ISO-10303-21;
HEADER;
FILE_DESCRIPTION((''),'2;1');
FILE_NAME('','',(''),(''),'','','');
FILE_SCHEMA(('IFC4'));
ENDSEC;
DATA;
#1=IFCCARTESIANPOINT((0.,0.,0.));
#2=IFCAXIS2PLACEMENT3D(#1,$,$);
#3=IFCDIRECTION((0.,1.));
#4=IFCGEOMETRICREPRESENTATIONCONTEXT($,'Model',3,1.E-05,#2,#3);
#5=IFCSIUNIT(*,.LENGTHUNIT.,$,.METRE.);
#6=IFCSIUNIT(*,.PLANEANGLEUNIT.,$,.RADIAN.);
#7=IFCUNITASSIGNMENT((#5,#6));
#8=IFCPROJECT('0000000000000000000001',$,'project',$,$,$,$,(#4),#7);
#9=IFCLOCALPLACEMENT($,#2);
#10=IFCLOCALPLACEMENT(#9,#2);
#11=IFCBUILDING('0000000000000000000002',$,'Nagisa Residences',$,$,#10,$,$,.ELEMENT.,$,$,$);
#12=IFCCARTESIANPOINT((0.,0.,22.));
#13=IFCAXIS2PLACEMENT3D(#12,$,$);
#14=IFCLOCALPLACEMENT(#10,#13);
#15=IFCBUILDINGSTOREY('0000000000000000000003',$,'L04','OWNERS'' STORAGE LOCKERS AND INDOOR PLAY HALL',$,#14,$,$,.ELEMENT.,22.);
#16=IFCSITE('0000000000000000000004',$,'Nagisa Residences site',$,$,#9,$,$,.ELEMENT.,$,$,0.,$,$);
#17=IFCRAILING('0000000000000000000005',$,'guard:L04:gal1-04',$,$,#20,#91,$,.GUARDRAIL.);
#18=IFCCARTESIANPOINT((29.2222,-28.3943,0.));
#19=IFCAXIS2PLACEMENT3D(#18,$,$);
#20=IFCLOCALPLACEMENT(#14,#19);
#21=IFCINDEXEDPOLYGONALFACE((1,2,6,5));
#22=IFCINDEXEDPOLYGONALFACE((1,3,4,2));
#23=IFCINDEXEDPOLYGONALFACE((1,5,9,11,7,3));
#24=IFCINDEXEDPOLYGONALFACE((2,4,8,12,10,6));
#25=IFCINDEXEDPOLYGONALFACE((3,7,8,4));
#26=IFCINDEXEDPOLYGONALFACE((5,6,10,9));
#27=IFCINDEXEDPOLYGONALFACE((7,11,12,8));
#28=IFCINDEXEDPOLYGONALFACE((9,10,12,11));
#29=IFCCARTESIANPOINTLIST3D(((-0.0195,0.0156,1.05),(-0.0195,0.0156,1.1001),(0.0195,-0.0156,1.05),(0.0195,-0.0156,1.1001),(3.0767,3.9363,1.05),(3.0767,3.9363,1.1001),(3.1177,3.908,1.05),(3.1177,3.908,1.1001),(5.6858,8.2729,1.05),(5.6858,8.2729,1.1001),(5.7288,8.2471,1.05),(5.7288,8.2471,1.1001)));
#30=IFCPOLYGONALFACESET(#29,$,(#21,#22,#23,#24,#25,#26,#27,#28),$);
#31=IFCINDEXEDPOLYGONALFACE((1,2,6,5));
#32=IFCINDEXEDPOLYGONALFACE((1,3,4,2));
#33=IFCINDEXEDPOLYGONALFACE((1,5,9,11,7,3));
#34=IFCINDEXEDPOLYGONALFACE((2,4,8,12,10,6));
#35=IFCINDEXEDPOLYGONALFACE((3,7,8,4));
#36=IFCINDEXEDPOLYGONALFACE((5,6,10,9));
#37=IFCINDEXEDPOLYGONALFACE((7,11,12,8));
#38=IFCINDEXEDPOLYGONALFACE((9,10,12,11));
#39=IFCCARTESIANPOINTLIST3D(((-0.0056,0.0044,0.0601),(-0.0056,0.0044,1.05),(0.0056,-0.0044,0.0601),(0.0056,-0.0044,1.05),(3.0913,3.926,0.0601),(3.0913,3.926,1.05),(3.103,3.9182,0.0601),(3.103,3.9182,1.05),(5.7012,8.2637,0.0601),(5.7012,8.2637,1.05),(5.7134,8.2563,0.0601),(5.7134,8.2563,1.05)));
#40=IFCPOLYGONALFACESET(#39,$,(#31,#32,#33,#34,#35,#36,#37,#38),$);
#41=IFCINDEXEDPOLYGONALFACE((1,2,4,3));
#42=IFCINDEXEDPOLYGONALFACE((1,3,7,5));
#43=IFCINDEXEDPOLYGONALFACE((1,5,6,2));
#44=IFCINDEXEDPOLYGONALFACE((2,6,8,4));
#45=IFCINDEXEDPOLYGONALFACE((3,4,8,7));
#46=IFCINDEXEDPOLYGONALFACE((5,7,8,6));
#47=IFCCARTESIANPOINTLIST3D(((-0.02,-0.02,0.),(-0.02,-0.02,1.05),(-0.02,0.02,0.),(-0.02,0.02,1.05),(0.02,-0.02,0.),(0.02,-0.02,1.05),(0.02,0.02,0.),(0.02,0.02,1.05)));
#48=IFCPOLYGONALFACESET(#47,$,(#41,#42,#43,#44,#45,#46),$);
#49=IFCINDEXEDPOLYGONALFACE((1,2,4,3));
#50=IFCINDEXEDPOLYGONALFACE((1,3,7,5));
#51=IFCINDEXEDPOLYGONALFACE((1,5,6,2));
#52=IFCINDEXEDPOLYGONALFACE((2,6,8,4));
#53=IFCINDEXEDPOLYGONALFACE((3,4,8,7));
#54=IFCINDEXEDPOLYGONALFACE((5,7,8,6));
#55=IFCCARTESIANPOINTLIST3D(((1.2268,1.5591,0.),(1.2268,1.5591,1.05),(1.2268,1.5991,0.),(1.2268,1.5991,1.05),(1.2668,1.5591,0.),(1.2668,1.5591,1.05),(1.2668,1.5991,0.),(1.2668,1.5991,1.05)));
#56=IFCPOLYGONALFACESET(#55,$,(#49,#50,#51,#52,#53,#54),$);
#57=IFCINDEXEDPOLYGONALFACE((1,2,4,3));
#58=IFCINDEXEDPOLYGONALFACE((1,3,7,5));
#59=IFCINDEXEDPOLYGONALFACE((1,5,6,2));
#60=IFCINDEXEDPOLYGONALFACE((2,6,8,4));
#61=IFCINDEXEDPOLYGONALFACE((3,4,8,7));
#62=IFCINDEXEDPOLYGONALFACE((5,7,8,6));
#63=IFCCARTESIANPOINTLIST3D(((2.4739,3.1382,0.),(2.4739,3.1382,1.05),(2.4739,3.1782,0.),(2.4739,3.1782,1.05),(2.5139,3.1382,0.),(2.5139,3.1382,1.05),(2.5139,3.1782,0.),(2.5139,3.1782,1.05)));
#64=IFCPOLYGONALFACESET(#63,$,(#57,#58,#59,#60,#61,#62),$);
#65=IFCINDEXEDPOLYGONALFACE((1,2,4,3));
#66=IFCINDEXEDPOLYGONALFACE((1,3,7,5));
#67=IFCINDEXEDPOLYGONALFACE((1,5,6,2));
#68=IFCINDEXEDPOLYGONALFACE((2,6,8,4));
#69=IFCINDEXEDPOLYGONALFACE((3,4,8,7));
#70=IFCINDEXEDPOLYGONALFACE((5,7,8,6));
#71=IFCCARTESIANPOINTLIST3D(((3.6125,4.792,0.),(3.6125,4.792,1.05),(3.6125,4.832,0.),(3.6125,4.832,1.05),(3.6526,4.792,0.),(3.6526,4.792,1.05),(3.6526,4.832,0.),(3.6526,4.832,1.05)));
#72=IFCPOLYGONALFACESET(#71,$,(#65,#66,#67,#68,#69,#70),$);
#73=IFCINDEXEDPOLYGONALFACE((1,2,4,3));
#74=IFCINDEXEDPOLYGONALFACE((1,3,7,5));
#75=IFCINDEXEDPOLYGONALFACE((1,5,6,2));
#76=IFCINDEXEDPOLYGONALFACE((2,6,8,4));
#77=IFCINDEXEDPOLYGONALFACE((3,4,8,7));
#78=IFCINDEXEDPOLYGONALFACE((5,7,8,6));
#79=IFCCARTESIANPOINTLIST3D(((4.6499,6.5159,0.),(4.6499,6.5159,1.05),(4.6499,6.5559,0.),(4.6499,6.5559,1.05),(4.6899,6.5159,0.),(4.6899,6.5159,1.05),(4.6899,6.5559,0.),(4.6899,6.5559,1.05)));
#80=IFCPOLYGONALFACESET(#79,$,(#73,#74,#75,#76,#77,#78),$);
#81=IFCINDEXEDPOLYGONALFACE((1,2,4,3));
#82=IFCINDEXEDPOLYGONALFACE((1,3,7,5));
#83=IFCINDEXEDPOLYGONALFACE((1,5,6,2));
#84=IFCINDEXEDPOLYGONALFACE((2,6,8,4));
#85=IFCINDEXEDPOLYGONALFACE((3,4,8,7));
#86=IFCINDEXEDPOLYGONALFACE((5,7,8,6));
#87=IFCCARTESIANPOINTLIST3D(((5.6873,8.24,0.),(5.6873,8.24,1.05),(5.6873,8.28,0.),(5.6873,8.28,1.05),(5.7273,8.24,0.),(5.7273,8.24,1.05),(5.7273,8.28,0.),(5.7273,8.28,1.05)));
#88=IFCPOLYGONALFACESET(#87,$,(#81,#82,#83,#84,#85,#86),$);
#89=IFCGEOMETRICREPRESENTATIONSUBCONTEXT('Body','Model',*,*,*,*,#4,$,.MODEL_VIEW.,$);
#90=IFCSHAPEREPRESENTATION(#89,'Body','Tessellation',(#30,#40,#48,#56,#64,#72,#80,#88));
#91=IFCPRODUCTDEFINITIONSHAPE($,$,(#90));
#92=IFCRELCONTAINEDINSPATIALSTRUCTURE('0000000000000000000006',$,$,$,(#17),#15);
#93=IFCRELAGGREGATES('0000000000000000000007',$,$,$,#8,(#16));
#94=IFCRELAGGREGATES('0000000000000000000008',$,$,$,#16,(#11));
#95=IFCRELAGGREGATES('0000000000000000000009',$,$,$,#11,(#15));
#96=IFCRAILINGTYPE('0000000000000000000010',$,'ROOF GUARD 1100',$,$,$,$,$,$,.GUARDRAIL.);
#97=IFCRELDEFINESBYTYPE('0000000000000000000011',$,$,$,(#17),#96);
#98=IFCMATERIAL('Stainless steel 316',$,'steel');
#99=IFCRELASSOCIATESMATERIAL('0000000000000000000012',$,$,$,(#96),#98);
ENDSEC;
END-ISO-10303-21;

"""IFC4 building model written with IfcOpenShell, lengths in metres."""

from ifc_helpers import new_model, si_unit, direction, frame, origin, origin_2d, place, context, subcontext, project, spatial, polyline, rectangle, outline, extrude, material, type_object, element, save


model = new_model("IFC4")

# Units and contexts
model_context = context("Model", 3, precision=1e-05, world=origin(), true_north=direction((0.0, 1.0)))
body_context = subcontext(model_context, "Body", "Model", "MODEL_VIEW")
ifc_project = project(units=[si_unit("LENGTHUNIT", "METRE"), si_unit("PLANEANGLEUNIT", "RADIAN")], contexts=[model_context])

# Site, building, storey
site_placement = place(None, origin())
site = spatial("IfcSite", under=ifc_project, at=site_placement, Name="Nagisa Residences site", CompositionType="ELEMENT", RefElevation=0.0)
building_placement = place(site_placement, origin())
building = spatial("IfcBuilding", under=site, at=building_placement, Name="Nagisa Residences", CompositionType="ELEMENT")
storey_placement = place(building_placement, frame((0.0, 0.0, 22.0)))
storey = spatial("IfcBuildingStorey", under=building, at=storey_placement, Name="L04", Description="OWNERS' STORAGE LOCKERS AND INDOOR PLAY HALL", CompositionType="ELEMENT", Elevation=22.0)

# Railing
ifc_material_1 = material(Name="Stainless steel 316", Category="steel")
railing_type = type_object("IfcRailingType", Name="ROOF GUARD 1100", PredefinedType="GUARDRAIL", material=ifc_material_1)
railing_placement = place(storey_placement, frame((29.2222, -28.3943, 0.0)))
element("IfcRailing", 1, at=railing_placement, inside=storey, type_object=railing_type, Name="guard:L04:gal1-04", PredefinedType="GUARDRAIL", context=body_context, shape_type="SweptSolid", body=[
    extrude(outline(polyline([(3.0767, 3.9363), (-0.0195, 0.0156), (0.0195, -0.0156), (3.1177, 3.908), (5.7288, 8.2471), (5.6858, 8.2729), (3.0767, 3.9363)])), frame((0.0, 0.0, 1.05)), (0.0, 0.0, 1.0), 0.05),
    extrude(outline(polyline([(3.0913, 3.926), (-0.0056, 0.0044), (0.0056, -0.0044), (3.103, 3.9182), (5.7134, 8.2563), (5.7012, 8.2637), (3.0913, 3.926)])), frame((0.0, 0.0, 0.0601)), (0.0, 0.0, 1.0), 0.99),
    extrude(rectangle(XDim=0.04, YDim=0.04, at=origin_2d()), origin(), (0.0, 0.0, 1.0), 1.05),
    extrude(rectangle(XDim=0.04, YDim=0.04, at=origin_2d()), frame((1.2468, 1.5791, 0.0)), (0.0, 0.0, 1.0), 1.05),
    extrude(rectangle(XDim=0.04, YDim=0.04, at=origin_2d()), frame((2.4939, 3.1582, 0.0)), (0.0, 0.0, 1.0), 1.05),
    extrude(rectangle(XDim=0.04, YDim=0.04, at=origin_2d()), frame((3.6326, 4.812, 0.0)), (0.0, 0.0, 1.0), 1.05),
    extrude(rectangle(XDim=0.04, YDim=0.04, at=origin_2d()), frame((4.6699, 6.5359, 0.0)), (0.0, 0.0, 1.0), 1.05),
    extrude(rectangle(XDim=0.04, YDim=0.04, at=origin_2d()), frame((5.7073, 8.26, 0.0)), (0.0, 0.0, 1.0), 1.05),
])

save(model, "model.ifc")
